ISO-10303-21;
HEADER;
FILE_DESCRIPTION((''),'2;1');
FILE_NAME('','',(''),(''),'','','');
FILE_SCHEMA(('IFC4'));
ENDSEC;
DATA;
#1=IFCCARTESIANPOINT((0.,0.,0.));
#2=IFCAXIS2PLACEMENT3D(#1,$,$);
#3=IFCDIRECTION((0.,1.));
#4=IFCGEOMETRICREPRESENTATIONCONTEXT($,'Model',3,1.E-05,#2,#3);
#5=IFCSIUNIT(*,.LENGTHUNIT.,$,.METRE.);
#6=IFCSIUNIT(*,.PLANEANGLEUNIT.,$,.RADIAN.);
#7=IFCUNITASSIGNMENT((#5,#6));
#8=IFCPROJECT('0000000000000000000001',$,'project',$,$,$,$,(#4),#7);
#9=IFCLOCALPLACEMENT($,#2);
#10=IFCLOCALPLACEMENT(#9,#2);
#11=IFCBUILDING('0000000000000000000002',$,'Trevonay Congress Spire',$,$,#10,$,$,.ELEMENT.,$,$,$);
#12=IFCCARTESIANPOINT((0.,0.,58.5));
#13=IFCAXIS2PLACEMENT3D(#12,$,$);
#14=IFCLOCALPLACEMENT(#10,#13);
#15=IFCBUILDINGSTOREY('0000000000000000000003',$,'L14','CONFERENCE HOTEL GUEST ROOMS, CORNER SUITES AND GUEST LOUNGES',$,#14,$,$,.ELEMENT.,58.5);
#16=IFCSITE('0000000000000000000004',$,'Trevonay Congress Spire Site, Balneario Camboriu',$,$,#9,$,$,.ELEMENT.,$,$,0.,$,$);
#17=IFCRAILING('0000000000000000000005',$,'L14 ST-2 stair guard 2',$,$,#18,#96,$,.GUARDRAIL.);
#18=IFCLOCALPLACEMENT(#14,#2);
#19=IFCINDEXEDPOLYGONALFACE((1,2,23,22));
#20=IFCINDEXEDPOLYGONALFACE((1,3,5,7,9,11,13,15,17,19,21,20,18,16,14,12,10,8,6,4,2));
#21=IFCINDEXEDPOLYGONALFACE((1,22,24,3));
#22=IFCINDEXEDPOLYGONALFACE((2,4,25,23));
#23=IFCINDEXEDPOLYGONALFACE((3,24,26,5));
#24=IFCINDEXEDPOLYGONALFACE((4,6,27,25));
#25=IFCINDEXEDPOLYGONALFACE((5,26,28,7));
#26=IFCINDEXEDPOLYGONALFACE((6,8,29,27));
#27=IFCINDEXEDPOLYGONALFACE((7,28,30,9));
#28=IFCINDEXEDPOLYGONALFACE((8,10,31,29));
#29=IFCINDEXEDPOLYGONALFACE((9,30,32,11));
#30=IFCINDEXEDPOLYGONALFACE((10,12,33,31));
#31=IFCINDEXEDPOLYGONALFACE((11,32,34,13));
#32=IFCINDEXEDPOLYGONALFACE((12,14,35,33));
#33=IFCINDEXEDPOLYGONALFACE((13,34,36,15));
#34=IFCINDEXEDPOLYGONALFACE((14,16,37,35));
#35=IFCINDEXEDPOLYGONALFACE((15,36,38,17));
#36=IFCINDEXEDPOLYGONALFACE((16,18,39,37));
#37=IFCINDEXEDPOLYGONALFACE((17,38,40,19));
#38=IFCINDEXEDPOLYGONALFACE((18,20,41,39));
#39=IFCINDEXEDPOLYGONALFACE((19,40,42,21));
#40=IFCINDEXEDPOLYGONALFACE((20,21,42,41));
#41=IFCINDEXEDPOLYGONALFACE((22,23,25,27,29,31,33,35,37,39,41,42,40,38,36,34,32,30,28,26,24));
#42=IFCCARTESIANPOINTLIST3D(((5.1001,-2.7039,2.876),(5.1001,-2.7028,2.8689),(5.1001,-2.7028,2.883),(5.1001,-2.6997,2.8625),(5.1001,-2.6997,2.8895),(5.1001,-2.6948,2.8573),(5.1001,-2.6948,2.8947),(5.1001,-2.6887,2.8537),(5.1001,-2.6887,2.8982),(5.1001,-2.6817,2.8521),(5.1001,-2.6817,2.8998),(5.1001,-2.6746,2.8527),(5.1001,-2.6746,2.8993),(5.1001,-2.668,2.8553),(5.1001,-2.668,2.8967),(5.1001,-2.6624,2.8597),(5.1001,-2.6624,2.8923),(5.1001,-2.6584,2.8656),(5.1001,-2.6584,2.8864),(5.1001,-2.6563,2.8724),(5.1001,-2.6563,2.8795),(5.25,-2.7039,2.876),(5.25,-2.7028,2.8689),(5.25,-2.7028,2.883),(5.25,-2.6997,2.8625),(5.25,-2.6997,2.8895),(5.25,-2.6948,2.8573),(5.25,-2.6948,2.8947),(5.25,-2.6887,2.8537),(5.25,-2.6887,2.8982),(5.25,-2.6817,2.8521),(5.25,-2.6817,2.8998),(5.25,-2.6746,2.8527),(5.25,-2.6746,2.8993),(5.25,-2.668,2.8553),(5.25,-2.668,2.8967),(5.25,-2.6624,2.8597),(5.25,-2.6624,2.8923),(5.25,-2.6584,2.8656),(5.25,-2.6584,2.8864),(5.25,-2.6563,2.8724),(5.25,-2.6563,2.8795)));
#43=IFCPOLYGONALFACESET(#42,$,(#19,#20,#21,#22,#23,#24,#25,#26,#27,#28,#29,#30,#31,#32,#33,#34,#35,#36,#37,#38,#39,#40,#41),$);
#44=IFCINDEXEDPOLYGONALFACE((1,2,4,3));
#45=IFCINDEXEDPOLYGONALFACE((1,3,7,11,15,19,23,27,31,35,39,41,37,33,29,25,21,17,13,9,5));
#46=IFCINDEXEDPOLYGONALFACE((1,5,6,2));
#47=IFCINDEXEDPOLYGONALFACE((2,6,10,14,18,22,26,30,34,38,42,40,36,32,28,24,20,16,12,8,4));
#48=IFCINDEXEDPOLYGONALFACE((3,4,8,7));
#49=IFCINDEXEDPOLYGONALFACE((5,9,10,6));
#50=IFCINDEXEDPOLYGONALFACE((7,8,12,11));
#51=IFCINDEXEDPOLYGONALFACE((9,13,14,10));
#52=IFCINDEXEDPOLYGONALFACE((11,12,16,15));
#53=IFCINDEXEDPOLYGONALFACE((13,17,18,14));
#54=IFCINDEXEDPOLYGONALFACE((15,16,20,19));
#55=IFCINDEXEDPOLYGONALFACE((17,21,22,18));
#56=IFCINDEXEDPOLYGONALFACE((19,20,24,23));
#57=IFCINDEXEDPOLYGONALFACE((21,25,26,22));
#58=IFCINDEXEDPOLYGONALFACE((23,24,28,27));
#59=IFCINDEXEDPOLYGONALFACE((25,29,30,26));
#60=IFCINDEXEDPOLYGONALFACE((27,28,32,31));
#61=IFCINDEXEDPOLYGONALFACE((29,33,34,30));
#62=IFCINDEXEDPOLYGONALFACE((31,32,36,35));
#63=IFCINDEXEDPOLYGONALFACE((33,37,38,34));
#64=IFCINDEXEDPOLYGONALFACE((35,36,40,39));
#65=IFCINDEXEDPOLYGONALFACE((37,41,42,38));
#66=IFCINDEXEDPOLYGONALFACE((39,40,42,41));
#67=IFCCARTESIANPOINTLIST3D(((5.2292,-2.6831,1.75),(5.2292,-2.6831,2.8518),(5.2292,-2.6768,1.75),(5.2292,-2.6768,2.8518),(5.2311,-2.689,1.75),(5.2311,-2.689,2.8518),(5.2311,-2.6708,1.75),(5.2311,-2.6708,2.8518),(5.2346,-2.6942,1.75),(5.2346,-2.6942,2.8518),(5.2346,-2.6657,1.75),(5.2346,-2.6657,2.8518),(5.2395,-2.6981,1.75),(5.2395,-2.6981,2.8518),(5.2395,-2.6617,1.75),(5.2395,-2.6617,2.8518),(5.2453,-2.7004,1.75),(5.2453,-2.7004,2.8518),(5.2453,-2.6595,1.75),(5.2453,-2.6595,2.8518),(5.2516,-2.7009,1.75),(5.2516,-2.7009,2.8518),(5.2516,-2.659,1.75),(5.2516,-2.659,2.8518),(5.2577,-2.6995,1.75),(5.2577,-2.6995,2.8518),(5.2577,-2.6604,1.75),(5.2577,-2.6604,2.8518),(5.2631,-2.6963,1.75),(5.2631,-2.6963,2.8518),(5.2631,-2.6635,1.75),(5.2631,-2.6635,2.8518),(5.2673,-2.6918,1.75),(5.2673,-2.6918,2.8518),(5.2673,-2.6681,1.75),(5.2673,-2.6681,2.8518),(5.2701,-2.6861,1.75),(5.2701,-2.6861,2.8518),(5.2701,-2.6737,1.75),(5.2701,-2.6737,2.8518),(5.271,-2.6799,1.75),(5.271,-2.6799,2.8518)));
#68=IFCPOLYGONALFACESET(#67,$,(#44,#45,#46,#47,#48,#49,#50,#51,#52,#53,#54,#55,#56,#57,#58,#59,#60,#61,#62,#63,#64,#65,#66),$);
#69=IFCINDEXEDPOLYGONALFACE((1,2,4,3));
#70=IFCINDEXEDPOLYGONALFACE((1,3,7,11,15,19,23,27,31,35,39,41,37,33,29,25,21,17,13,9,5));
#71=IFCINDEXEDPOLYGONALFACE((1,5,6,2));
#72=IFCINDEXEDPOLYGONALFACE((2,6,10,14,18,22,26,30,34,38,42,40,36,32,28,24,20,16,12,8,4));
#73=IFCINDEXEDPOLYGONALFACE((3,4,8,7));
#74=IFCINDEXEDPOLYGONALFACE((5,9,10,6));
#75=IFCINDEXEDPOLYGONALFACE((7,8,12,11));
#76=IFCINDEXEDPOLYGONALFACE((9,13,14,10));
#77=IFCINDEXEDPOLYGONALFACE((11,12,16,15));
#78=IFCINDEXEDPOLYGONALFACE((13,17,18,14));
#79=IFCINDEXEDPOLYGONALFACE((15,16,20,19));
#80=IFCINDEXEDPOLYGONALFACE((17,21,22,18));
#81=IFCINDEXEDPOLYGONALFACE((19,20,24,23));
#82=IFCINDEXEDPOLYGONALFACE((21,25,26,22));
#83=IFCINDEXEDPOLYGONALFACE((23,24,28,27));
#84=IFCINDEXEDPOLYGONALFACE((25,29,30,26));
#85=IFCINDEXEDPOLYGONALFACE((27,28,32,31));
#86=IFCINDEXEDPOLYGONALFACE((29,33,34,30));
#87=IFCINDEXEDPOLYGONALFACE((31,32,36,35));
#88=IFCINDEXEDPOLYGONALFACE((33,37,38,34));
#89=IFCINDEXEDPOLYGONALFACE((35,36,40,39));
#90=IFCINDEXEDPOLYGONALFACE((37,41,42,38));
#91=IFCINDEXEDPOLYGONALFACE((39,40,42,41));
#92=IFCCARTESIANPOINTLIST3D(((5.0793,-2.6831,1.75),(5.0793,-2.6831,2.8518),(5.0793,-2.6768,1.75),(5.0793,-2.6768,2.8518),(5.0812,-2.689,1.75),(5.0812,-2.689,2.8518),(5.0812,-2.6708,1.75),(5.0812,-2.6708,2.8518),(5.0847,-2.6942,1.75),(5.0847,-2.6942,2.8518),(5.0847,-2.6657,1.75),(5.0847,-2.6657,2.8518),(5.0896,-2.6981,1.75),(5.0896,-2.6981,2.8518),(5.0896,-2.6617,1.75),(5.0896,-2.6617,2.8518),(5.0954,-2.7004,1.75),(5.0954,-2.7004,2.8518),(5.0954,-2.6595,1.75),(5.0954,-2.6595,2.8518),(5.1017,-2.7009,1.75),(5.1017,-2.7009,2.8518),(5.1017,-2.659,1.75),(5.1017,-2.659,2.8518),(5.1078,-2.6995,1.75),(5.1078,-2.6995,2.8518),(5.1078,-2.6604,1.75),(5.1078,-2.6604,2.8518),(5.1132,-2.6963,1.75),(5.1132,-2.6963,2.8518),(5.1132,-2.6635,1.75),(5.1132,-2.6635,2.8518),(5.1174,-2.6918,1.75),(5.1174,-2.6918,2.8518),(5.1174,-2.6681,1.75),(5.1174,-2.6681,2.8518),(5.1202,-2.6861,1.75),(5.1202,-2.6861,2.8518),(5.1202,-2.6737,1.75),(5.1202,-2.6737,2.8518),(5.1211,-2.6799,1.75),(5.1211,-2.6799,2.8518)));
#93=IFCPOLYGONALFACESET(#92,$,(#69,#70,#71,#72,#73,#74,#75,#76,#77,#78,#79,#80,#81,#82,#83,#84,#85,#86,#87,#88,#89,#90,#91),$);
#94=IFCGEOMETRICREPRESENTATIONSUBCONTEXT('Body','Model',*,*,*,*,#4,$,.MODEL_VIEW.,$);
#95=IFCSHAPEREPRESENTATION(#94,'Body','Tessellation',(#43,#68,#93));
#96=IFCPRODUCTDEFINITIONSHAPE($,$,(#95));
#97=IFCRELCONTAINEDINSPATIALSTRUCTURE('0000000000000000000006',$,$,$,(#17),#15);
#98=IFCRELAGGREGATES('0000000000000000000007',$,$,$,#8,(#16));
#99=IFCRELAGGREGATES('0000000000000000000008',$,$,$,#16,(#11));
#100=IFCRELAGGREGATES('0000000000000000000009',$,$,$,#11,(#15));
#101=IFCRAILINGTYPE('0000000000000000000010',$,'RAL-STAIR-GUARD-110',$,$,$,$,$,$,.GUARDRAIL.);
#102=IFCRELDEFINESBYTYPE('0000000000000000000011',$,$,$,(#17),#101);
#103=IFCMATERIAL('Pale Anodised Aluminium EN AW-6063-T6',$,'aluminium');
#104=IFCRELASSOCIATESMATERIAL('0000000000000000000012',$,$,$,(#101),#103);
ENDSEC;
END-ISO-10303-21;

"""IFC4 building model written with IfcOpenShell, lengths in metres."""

from ifc_helpers import new_model, si_unit, direction, frame, origin, origin_2d, place, context, subcontext, project, spatial, circle, extrude, material, type_object, element, save


model = new_model("IFC4")

# Units and contexts
model_context = context("Model", 3, precision=1e-05, world=origin(), true_north=direction((0.0, 1.0)))
body_context = subcontext(model_context, "Body", "Model", "MODEL_VIEW")
ifc_project = project(units=[si_unit("LENGTHUNIT", "METRE"), si_unit("PLANEANGLEUNIT", "RADIAN")], contexts=[model_context])

# Site, building, storey
site_placement = place(None, origin())
site = spatial("IfcSite", under=ifc_project, at=site_placement, Name="Trevonay Congress Spire Site, Balneario Camboriu", CompositionType="ELEMENT", RefElevation=0.0)
building_placement = place(site_placement, origin())
building = spatial("IfcBuilding", under=site, at=building_placement, Name="Trevonay Congress Spire", CompositionType="ELEMENT")
storey_placement = place(building_placement, frame((0.0, 0.0, 58.5)))
storey = spatial("IfcBuildingStorey", under=building, at=storey_placement, Name="L14", Description="CONFERENCE HOTEL GUEST ROOMS, CORNER SUITES AND GUEST LOUNGES", CompositionType="ELEMENT", Elevation=58.5)

# Railing
ifc_material_1 = material(Name="Pale Anodised Aluminium EN AW-6063-T6", Category="aluminium")
railing_type_1 = type_object("IfcRailingType", Name="RAL-STAIR-GUARD-110", PredefinedType="GUARDRAIL", material=ifc_material_1)
railing_1_placement = place(storey_placement, frame((5.25, -2.6799, 1.75)))
element("IfcRailing", 1, at=railing_1_placement, inside=storey, type_object=railing_type_1, Name="L14 ST-2 stair guard 2", PredefinedType="GUARDRAIL", context=body_context, shape_type="SweptSolid", body=[
    extrude(circle(Radius=0.0239, at=origin_2d()), frame((0.0, 0.0, 1.126), z_axis=(-1.0, 0.0, 0.0), x_axis=(0.0, -1.0, 0.0)), (0.0, 0.0, 1.0), 0.1499),
    extrude(circle(Radius=0.021, at=origin_2d()), origin(), (0.0, 0.0, 1.0), 1.1018),
    extrude(circle(Radius=0.021, at=origin_2d()), frame((-0.1499, 0.0, 0.0)), (0.0, 0.0, 1.0), 1.1018),
])

save(model, "model.ifc")
